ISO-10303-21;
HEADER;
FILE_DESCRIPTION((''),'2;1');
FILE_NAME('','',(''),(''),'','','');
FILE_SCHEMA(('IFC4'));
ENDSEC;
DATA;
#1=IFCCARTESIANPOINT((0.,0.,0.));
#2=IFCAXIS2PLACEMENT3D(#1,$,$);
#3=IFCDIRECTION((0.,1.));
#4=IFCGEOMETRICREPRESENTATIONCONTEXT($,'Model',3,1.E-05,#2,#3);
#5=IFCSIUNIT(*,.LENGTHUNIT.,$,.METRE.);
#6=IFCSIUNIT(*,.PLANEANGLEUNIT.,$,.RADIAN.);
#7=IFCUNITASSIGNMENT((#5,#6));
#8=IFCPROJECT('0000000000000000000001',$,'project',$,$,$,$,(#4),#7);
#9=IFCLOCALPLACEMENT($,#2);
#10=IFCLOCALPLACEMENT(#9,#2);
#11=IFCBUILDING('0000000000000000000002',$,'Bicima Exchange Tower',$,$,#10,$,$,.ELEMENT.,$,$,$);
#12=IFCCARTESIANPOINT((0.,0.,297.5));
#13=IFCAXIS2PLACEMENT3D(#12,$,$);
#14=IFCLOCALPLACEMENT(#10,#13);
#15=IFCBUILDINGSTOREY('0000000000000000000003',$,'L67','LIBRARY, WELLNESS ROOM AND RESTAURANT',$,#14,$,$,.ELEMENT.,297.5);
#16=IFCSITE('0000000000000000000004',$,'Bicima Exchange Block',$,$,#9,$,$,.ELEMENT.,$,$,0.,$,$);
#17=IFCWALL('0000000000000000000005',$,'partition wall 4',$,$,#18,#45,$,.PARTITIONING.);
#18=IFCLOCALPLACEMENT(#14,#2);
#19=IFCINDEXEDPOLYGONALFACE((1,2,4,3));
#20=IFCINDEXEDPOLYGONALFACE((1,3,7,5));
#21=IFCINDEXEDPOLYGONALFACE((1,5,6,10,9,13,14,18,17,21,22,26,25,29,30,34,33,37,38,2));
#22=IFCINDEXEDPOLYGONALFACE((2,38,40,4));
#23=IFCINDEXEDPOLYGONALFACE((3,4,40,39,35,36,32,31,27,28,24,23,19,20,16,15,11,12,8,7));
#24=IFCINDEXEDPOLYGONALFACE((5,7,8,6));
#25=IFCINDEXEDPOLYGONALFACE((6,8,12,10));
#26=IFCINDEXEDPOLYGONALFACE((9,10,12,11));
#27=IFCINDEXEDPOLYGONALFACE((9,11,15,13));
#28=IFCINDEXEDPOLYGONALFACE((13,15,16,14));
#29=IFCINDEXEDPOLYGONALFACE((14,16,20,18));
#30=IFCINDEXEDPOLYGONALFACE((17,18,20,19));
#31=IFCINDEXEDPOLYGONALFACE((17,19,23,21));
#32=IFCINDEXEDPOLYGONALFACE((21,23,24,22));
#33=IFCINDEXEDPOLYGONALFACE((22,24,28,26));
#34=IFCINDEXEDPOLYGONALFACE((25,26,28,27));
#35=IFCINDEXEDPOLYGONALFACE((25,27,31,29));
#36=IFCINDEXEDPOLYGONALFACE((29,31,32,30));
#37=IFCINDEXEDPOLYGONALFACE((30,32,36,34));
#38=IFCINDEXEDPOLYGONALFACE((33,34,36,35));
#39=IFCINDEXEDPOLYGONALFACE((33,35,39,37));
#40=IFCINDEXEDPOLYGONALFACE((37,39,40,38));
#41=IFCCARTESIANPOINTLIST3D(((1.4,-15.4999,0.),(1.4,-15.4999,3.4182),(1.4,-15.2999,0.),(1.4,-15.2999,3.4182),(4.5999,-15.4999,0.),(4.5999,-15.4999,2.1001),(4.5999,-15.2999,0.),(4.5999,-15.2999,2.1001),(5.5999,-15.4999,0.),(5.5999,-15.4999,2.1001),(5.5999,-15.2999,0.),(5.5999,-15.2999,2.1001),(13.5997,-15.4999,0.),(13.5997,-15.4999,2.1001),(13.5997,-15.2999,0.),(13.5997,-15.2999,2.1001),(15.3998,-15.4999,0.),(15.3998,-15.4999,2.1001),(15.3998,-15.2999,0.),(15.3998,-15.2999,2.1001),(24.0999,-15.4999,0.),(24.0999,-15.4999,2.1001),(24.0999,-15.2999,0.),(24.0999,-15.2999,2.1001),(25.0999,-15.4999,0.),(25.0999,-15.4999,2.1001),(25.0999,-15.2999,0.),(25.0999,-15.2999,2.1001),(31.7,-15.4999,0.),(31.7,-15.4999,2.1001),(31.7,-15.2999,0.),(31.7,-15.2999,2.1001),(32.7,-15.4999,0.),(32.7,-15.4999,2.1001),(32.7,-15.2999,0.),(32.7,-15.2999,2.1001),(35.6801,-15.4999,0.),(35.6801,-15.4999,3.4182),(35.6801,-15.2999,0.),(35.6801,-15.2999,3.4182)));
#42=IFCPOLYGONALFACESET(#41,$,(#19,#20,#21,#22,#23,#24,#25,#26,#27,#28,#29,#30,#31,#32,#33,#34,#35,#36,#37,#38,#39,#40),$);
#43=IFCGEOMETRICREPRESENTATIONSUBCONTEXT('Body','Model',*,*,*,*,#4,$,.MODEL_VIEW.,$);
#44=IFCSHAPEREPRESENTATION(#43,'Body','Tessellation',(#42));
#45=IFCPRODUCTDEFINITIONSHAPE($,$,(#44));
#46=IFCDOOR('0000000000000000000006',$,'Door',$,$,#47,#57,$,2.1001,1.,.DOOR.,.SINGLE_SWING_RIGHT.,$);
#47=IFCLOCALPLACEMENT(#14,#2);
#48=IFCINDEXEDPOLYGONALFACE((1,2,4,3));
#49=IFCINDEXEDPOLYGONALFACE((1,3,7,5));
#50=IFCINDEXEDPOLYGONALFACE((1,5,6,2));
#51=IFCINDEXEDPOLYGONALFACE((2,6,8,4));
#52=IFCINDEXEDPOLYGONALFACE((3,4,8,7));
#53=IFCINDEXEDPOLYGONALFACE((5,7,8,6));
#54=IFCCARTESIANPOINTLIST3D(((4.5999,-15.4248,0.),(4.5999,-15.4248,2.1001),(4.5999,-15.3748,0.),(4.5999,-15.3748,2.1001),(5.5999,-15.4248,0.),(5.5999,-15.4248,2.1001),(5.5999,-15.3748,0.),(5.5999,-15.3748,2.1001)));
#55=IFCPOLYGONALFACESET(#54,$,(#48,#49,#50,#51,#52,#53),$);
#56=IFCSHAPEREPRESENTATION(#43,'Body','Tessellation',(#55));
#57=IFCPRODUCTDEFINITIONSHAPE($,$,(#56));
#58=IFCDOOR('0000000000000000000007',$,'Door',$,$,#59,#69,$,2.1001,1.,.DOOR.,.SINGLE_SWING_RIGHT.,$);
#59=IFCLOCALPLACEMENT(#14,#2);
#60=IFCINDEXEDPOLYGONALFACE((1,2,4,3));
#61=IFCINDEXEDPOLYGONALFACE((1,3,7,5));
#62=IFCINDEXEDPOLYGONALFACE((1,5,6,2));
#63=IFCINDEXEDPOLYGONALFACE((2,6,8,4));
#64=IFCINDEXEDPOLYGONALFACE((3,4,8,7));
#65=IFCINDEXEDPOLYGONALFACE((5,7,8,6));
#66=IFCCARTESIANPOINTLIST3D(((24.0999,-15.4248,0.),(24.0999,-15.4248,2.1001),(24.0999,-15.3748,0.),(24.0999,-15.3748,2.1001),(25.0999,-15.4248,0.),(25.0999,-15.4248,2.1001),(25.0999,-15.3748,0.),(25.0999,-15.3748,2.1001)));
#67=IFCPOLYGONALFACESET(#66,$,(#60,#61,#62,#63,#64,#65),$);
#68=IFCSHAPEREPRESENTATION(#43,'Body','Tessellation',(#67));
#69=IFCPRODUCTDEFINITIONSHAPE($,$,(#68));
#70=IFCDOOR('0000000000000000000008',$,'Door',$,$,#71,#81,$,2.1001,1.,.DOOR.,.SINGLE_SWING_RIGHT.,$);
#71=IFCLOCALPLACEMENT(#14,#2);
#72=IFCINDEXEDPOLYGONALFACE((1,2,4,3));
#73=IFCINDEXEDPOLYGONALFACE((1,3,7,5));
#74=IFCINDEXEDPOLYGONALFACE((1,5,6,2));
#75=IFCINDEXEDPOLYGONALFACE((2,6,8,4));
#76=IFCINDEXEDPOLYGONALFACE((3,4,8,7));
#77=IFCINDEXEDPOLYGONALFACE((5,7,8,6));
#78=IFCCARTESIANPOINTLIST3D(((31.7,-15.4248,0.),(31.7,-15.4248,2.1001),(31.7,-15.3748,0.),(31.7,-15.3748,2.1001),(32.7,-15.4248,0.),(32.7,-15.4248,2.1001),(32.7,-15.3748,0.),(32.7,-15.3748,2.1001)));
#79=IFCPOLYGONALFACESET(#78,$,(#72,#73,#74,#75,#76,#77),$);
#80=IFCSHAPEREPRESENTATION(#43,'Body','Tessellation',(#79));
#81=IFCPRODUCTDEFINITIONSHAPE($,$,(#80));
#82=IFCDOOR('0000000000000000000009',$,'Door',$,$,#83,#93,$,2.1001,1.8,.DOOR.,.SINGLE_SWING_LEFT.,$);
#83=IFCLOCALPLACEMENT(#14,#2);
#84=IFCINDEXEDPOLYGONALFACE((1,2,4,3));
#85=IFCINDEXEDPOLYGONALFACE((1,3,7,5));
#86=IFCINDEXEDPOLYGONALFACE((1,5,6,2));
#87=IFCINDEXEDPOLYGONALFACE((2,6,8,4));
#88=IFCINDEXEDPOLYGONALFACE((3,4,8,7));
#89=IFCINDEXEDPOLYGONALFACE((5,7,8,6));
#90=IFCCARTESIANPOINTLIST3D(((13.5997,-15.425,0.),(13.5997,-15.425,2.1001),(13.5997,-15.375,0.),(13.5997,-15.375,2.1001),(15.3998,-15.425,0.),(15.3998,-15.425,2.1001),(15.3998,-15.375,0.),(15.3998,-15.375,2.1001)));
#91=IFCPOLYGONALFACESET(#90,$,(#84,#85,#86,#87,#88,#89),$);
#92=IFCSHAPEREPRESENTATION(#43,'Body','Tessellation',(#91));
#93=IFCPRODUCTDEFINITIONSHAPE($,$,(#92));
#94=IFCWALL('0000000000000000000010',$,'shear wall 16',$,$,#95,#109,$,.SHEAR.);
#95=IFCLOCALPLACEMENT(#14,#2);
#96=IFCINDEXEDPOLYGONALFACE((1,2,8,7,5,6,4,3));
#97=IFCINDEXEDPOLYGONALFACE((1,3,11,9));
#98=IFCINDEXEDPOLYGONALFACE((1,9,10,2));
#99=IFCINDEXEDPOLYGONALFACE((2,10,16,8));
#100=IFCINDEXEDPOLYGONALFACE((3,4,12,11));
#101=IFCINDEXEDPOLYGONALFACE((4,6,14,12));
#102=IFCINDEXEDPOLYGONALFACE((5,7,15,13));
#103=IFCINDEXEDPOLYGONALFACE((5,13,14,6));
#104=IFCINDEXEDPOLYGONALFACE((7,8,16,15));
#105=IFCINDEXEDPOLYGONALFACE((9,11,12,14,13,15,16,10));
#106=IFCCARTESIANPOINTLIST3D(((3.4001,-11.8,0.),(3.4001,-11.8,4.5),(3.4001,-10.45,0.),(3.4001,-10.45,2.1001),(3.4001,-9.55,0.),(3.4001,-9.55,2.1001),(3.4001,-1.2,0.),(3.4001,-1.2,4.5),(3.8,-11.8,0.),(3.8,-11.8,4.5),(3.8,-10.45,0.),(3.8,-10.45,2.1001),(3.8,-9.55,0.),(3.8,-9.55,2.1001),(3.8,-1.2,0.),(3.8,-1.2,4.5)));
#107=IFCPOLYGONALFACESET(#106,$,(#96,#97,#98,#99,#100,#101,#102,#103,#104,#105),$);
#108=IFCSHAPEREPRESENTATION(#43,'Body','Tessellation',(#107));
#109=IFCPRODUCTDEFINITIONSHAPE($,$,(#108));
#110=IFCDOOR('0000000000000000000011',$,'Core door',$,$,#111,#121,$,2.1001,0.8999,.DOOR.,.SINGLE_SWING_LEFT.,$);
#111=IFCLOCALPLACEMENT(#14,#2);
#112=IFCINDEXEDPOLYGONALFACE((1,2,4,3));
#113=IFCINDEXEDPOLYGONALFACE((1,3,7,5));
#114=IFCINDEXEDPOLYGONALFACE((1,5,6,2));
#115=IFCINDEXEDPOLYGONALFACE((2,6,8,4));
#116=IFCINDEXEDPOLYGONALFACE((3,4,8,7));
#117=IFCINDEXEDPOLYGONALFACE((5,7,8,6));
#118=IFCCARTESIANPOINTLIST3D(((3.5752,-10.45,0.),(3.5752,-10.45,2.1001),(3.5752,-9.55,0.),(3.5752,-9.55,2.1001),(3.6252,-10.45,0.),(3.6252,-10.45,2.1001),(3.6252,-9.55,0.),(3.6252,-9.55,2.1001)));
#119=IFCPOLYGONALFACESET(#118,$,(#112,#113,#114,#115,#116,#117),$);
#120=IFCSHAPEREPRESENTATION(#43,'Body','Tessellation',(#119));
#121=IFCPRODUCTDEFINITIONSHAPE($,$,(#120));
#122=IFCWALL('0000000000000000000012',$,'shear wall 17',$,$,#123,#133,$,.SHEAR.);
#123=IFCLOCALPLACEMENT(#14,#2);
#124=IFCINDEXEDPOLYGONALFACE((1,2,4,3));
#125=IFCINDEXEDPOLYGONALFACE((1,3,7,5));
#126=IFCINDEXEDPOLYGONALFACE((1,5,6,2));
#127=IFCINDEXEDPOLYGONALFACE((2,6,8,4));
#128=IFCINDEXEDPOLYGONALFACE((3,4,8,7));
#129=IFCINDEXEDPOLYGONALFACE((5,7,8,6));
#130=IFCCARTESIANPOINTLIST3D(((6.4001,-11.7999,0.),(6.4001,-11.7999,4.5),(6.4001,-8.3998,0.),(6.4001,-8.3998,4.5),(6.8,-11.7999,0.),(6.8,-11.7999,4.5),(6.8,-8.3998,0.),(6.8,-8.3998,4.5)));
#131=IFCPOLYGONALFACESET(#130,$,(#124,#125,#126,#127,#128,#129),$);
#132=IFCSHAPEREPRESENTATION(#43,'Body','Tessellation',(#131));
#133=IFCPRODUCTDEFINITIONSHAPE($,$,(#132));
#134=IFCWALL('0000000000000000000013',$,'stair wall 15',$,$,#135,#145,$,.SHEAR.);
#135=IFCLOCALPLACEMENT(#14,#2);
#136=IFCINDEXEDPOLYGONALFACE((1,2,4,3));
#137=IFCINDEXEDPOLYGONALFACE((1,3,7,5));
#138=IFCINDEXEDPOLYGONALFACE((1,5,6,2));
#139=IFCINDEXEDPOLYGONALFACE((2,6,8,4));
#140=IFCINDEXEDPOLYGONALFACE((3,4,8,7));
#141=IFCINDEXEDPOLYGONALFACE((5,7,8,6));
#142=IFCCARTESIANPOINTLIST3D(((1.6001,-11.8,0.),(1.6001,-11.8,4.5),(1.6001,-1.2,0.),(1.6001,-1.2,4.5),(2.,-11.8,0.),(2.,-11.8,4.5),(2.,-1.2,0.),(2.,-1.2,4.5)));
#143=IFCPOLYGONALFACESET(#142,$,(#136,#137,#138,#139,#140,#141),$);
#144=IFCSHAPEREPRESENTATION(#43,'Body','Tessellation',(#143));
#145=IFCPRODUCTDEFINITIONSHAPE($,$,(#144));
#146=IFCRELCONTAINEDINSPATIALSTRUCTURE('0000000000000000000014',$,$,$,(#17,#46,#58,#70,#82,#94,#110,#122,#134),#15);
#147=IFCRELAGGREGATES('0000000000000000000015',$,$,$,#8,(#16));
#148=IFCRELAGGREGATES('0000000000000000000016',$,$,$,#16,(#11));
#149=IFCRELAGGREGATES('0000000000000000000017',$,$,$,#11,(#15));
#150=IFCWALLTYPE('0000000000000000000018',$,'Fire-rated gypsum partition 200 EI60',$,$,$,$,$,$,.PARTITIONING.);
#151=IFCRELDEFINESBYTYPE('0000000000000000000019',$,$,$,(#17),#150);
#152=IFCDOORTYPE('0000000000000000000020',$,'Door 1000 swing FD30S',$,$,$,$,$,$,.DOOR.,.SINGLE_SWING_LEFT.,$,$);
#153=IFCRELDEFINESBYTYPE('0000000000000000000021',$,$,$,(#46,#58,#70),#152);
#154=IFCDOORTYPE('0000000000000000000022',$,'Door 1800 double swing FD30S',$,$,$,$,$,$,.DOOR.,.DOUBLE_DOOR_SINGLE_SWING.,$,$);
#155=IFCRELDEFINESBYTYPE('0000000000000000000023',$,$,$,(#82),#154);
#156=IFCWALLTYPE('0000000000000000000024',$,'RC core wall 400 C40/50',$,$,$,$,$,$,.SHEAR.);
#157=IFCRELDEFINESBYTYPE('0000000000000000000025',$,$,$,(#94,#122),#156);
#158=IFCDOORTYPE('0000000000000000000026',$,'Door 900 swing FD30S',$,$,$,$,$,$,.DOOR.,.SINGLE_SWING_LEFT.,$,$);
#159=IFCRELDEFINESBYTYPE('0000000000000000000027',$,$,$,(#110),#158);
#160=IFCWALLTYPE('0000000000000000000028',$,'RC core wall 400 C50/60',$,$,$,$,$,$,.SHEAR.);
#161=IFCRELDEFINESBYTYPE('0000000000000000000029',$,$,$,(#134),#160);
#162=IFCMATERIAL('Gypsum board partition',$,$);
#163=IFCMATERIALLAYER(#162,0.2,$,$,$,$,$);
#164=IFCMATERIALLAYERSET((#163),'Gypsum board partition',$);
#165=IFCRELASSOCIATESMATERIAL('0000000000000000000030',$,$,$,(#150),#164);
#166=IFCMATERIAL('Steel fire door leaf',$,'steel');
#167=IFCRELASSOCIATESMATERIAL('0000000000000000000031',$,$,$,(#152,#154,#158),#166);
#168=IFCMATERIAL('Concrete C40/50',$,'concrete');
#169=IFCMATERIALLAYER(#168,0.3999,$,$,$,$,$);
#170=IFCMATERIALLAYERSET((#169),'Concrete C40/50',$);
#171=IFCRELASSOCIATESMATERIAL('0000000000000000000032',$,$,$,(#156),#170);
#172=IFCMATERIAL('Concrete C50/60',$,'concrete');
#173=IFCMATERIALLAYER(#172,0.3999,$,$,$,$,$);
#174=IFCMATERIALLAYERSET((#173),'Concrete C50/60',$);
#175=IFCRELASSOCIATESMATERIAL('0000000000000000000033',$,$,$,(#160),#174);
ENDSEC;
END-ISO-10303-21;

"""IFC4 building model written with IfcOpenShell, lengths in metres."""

from ifc_helpers import new_model, si_unit, direction, frame, frame_2d, origin, place, context, subcontext, project, spatial, rectangle, extrude, material, layer, layer_set, type_object, element, fill, save


model = new_model("IFC4")

# Units and contexts
model_context = context("Model", 3, precision=1e-05, world=origin(), true_north=direction((0.0, 1.0)))
body_context = subcontext(model_context, "Body", "Model", "MODEL_VIEW")
ifc_project = project(units=[si_unit("LENGTHUNIT", "METRE"), si_unit("PLANEANGLEUNIT", "RADIAN")], contexts=[model_context])

# Site, building, storey
site_placement = place(None, origin())
site = spatial("IfcSite", under=ifc_project, at=site_placement, Name="Bicima Exchange Block", CompositionType="ELEMENT", RefElevation=0.0)
building_placement = place(site_placement, origin())
building = spatial("IfcBuilding", under=site, at=building_placement, Name="Bicima Exchange Tower", CompositionType="ELEMENT")
storey_placement = place(building_placement, frame((0.0, 0.0, 297.5)))
storey = spatial("IfcBuildingStorey", under=building, at=storey_placement, Name="L67", Description="LIBRARY, WELLNESS ROOM AND RESTAURANT", CompositionType="ELEMENT", Elevation=297.5)

# Wall, openings, doors
ifc_material_1 = material(Name="Gypsum board partition")
ifc_layer_1 = layer(ifc_material_1, 0.2)
ifc_layer_set_1 = layer_set([ifc_layer_1], Name="Gypsum board partition")
wall_type_1 = type_object("IfcWallType", Name="Fire-rated gypsum partition 200 EI60", PredefinedType="PARTITIONING", material=ifc_layer_set_1)
wall_1_placement = place(storey_placement, frame((1.3999, -15.3999, 0.0), z_axis=(0.0, 0.0, 1.0), x_axis=(1.0, 0.0, 0.0)))
wall_1 = element("IfcWall", 1, at=wall_1_placement, inside=storey, type_object=wall_type_1, Name="partition wall 4", PredefinedType="PARTITIONING", context=body_context, shape_type="SweptSolid", body=[
    extrude(rectangle(XDim=34.28, YDim=0.2, at=frame_2d((17.1401, 0.0))), origin(), (0.0, 0.0, 1.0), 3.4182),
])
opening_1_placement = place(wall_1_placement, frame((3.2, 0.0, 0.0)))
opening_1 = element("IfcOpeningElement", 2, at=opening_1_placement, cuts=wall_1, PredefinedType="OPENING", context=body_context, shape_type="SweptSolid", body=[
    extrude(rectangle(XDim=1.0, YDim=2.1001, at=frame_2d((0.5, 1.05))), frame((0.0, 0.1118, 0.0), z_axis=(0.0, -1.0, 0.0), x_axis=(1.0, 0.0, 0.0)), (0.0, 0.0, 1.0), 0.2239),
])
opening_2_placement = place(wall_1_placement, frame((12.2, 0.0, 0.0)))
opening_2 = element("IfcOpeningElement", 3, at=opening_2_placement, cuts=wall_1, PredefinedType="OPENING", context=body_context, shape_type="SweptSolid", body=[
    extrude(rectangle(XDim=1.8, YDim=2.1001, at=frame_2d((0.8999, 1.05))), frame((0.0, 0.1118, 0.0), z_axis=(0.0, -1.0, 0.0), x_axis=(1.0, 0.0, 0.0)), (0.0, 0.0, 1.0), 0.2239),
])
opening_3_placement = place(wall_1_placement, frame((22.7, 0.0, 0.0)))
opening_3 = element("IfcOpeningElement", 4, at=opening_3_placement, cuts=wall_1, PredefinedType="OPENING", context=body_context, shape_type="SweptSolid", body=[
    extrude(rectangle(XDim=1.0, YDim=2.1001, at=frame_2d((0.5, 1.05))), frame((0.0, 0.1118, 0.0), z_axis=(0.0, -1.0, 0.0), x_axis=(1.0, 0.0, 0.0)), (0.0, 0.0, 1.0), 0.2239),
])
opening_4_placement = place(wall_1_placement, frame((30.3, 0.0, 0.0)))
opening_4 = element("IfcOpeningElement", 5, at=opening_4_placement, cuts=wall_1, PredefinedType="OPENING", context=body_context, shape_type="SweptSolid", body=[
    extrude(rectangle(XDim=1.0, YDim=2.1001, at=frame_2d((0.5, 1.05))), frame((0.0, 0.1118, 0.0), z_axis=(0.0, -1.0, 0.0), x_axis=(1.0, 0.0, 0.0)), (0.0, 0.0, 1.0), 0.2239),
])
ifc_material_2 = material(Name="Steel fire door leaf", Category="steel")
door_type_1 = type_object("IfcDoorType", Name="Door 1000 swing FD30S", OperationType="SINGLE_SWING_LEFT", PredefinedType="DOOR", material=ifc_material_2)
door_1_placement = place(opening_1_placement, frame((1.0, 0.0, 0.0), z_axis=(0.0, 0.0, 1.0), x_axis=(-1.0, 0.0, 0.0)))
door_1 = element("IfcDoor", 6, at=door_1_placement, inside=storey, type_object=door_type_1, Name="Door", OperationType="SINGLE_SWING_RIGHT", OverallHeight=2.1001, OverallWidth=1.0, PredefinedType="DOOR", context=body_context, shape_type="SweptSolid", body=[
    extrude(rectangle(XDim=1.0, YDim=2.1001, at=frame_2d((0.5, 1.05))), frame((0.0, 0.0249, 0.0), z_axis=(0.0, -1.0, 0.0), x_axis=(1.0, 0.0, 0.0)), (0.0, 0.0, 1.0), 0.05),
])
fill(opening_1, door_1)
door_2_placement = place(opening_3_placement, frame((1.0, 0.0, 0.0), z_axis=(0.0, 0.0, 1.0), x_axis=(-1.0, 0.0, 0.0)))
door_2 = element("IfcDoor", 7, at=door_2_placement, inside=storey, type_object=door_type_1, Name="Door", OperationType="SINGLE_SWING_RIGHT", OverallHeight=2.1001, OverallWidth=1.0, PredefinedType="DOOR", context=body_context, shape_type="SweptSolid", body=[
    extrude(rectangle(XDim=1.0, YDim=2.1001, at=frame_2d((0.5, 1.05))), frame((0.0, 0.0249, 0.0), z_axis=(0.0, -1.0, 0.0), x_axis=(1.0, 0.0, 0.0)), (0.0, 0.0, 1.0), 0.05),
])
fill(opening_3, door_2)
door_3_placement = place(opening_4_placement, frame((1.0, 0.0, 0.0), z_axis=(0.0, 0.0, 1.0), x_axis=(-1.0, 0.0, 0.0)))
door_3 = element("IfcDoor", 8, at=door_3_placement, inside=storey, type_object=door_type_1, Name="Door", OperationType="SINGLE_SWING_RIGHT", OverallHeight=2.1001, OverallWidth=1.0, PredefinedType="DOOR", context=body_context, shape_type="SweptSolid", body=[
    extrude(rectangle(XDim=1.0, YDim=2.1001, at=frame_2d((0.5, 1.05))), frame((0.0, 0.0249, 0.0), z_axis=(0.0, -1.0, 0.0), x_axis=(1.0, 0.0, 0.0)), (0.0, 0.0, 1.0), 0.05),
])
fill(opening_4, door_3)
door_type_2 = type_object("IfcDoorType", Name="Door 1800 double swing FD30S", OperationType="DOUBLE_DOOR_SINGLE_SWING", PredefinedType="DOOR", material=ifc_material_2)
door_4_placement = place(opening_2_placement, origin())
door_4 = element("IfcDoor", 9, at=door_4_placement, inside=storey, type_object=door_type_2, Name="Door", OperationType="SINGLE_SWING_LEFT", OverallHeight=2.1001, OverallWidth=1.8, PredefinedType="DOOR", context=body_context, shape_type="SweptSolid", body=[
    extrude(rectangle(XDim=1.8, YDim=2.1001, at=frame_2d((0.8999, 1.05))), frame((0.0, 0.0249, 0.0), z_axis=(0.0, -1.0, 0.0), x_axis=(1.0, 0.0, 0.0)), (0.0, 0.0, 1.0), 0.05),
])
fill(opening_2, door_4)

# Wall, opening, door
ifc_material_3 = material(Name="Concrete C40/50", Category="concrete")
ifc_layer_2 = layer(ifc_material_3, 0.3999)
ifc_layer_set_2 = layer_set([ifc_layer_2], Name="Concrete C40/50")
wall_type_2 = type_object("IfcWallType", Name="RC core wall 400 C40/50", PredefinedType="SHEAR", material=ifc_layer_set_2)
wall_2_placement = place(storey_placement, frame((3.6001, -11.8, 0.0), z_axis=(0.0, 0.0, 1.0), x_axis=(0.0, 1.0, 0.0)))
wall_2 = element("IfcWall", 10, at=wall_2_placement, inside=storey, type_object=wall_type_2, Name="shear wall 16", PredefinedType="SHEAR", context=body_context, shape_type="SweptSolid", body=[
    extrude(rectangle(XDim=10.6001, YDim=0.3999, at=frame_2d((5.3, 0.0))), origin(), (0.0, 0.0, 1.0), 4.5),
])
opening_5_placement = place(wall_2_placement, frame((1.3501, 0.0, 0.0)))
opening_5 = element("IfcOpeningElement", 11, at=opening_5_placement, cuts=wall_2, PredefinedType="OPENING", context=body_context, shape_type="SweptSolid", body=[
    extrude(rectangle(XDim=0.8999, YDim=2.1001, at=frame_2d((0.45, 1.05))), frame((0.0, 0.2119, 0.0), z_axis=(0.0, -1.0, 0.0), x_axis=(1.0, 0.0, 0.0)), (0.0, 0.0, 1.0), 0.4238),
])
door_type_3 = type_object("IfcDoorType", Name="Door 900 swing FD30S", OperationType="SINGLE_SWING_LEFT", PredefinedType="DOOR", material=ifc_material_2)
door_5_placement = place(opening_5_placement, origin())
door_5 = element("IfcDoor", 12, at=door_5_placement, inside=storey, type_object=door_type_3, Name="Core door", OperationType="SINGLE_SWING_LEFT", OverallHeight=2.1001, OverallWidth=0.8999, PredefinedType="DOOR", context=body_context, shape_type="SweptSolid", body=[
    extrude(rectangle(XDim=0.8999, YDim=2.1001, at=frame_2d((0.45, 1.05))), frame((0.0, 0.0249, 0.0), z_axis=(0.0, -1.0, 0.0), x_axis=(1.0, 0.0, 0.0)), (0.0, 0.0, 1.0), 0.05),
])
fill(opening_5, door_5)

# Walls
wall_3_placement = place(storey_placement, frame((6.6001, -11.8, 0.0), z_axis=(0.0, 0.0, 1.0), x_axis=(0.0, 1.0, 0.0)))
element("IfcWall", 13, at=wall_3_placement, inside=storey, type_object=wall_type_2, Name="shear wall 17", PredefinedType="SHEAR", context=body_context, shape_type="SweptSolid", body=[
    extrude(rectangle(XDim=3.4001, YDim=0.3999, at=frame_2d((1.7002, 0.0))), origin(), (0.0, 0.0, 1.0), 4.5),
])
ifc_material_4 = material(Name="Concrete C50/60", Category="concrete")
ifc_layer_3 = layer(ifc_material_4, 0.3999)
ifc_layer_set_3 = layer_set([ifc_layer_3], Name="Concrete C50/60")
wall_type_3 = type_object("IfcWallType", Name="RC core wall 400 C50/60", PredefinedType="SHEAR", material=ifc_layer_set_3)
wall_4_placement = place(storey_placement, frame((1.8, -11.8, 0.0), z_axis=(0.0, 0.0, 1.0), x_axis=(0.0, 1.0, 0.0)))
element("IfcWall", 14, at=wall_4_placement, inside=storey, type_object=wall_type_3, Name="stair wall 15", PredefinedType="SHEAR", context=body_context, shape_type="SweptSolid", body=[
    extrude(rectangle(XDim=10.6001, YDim=0.3999, at=frame_2d((5.3, 0.0))), origin(), (0.0, 0.0, 1.0), 4.5),
])

save(model, "model.ifc")
